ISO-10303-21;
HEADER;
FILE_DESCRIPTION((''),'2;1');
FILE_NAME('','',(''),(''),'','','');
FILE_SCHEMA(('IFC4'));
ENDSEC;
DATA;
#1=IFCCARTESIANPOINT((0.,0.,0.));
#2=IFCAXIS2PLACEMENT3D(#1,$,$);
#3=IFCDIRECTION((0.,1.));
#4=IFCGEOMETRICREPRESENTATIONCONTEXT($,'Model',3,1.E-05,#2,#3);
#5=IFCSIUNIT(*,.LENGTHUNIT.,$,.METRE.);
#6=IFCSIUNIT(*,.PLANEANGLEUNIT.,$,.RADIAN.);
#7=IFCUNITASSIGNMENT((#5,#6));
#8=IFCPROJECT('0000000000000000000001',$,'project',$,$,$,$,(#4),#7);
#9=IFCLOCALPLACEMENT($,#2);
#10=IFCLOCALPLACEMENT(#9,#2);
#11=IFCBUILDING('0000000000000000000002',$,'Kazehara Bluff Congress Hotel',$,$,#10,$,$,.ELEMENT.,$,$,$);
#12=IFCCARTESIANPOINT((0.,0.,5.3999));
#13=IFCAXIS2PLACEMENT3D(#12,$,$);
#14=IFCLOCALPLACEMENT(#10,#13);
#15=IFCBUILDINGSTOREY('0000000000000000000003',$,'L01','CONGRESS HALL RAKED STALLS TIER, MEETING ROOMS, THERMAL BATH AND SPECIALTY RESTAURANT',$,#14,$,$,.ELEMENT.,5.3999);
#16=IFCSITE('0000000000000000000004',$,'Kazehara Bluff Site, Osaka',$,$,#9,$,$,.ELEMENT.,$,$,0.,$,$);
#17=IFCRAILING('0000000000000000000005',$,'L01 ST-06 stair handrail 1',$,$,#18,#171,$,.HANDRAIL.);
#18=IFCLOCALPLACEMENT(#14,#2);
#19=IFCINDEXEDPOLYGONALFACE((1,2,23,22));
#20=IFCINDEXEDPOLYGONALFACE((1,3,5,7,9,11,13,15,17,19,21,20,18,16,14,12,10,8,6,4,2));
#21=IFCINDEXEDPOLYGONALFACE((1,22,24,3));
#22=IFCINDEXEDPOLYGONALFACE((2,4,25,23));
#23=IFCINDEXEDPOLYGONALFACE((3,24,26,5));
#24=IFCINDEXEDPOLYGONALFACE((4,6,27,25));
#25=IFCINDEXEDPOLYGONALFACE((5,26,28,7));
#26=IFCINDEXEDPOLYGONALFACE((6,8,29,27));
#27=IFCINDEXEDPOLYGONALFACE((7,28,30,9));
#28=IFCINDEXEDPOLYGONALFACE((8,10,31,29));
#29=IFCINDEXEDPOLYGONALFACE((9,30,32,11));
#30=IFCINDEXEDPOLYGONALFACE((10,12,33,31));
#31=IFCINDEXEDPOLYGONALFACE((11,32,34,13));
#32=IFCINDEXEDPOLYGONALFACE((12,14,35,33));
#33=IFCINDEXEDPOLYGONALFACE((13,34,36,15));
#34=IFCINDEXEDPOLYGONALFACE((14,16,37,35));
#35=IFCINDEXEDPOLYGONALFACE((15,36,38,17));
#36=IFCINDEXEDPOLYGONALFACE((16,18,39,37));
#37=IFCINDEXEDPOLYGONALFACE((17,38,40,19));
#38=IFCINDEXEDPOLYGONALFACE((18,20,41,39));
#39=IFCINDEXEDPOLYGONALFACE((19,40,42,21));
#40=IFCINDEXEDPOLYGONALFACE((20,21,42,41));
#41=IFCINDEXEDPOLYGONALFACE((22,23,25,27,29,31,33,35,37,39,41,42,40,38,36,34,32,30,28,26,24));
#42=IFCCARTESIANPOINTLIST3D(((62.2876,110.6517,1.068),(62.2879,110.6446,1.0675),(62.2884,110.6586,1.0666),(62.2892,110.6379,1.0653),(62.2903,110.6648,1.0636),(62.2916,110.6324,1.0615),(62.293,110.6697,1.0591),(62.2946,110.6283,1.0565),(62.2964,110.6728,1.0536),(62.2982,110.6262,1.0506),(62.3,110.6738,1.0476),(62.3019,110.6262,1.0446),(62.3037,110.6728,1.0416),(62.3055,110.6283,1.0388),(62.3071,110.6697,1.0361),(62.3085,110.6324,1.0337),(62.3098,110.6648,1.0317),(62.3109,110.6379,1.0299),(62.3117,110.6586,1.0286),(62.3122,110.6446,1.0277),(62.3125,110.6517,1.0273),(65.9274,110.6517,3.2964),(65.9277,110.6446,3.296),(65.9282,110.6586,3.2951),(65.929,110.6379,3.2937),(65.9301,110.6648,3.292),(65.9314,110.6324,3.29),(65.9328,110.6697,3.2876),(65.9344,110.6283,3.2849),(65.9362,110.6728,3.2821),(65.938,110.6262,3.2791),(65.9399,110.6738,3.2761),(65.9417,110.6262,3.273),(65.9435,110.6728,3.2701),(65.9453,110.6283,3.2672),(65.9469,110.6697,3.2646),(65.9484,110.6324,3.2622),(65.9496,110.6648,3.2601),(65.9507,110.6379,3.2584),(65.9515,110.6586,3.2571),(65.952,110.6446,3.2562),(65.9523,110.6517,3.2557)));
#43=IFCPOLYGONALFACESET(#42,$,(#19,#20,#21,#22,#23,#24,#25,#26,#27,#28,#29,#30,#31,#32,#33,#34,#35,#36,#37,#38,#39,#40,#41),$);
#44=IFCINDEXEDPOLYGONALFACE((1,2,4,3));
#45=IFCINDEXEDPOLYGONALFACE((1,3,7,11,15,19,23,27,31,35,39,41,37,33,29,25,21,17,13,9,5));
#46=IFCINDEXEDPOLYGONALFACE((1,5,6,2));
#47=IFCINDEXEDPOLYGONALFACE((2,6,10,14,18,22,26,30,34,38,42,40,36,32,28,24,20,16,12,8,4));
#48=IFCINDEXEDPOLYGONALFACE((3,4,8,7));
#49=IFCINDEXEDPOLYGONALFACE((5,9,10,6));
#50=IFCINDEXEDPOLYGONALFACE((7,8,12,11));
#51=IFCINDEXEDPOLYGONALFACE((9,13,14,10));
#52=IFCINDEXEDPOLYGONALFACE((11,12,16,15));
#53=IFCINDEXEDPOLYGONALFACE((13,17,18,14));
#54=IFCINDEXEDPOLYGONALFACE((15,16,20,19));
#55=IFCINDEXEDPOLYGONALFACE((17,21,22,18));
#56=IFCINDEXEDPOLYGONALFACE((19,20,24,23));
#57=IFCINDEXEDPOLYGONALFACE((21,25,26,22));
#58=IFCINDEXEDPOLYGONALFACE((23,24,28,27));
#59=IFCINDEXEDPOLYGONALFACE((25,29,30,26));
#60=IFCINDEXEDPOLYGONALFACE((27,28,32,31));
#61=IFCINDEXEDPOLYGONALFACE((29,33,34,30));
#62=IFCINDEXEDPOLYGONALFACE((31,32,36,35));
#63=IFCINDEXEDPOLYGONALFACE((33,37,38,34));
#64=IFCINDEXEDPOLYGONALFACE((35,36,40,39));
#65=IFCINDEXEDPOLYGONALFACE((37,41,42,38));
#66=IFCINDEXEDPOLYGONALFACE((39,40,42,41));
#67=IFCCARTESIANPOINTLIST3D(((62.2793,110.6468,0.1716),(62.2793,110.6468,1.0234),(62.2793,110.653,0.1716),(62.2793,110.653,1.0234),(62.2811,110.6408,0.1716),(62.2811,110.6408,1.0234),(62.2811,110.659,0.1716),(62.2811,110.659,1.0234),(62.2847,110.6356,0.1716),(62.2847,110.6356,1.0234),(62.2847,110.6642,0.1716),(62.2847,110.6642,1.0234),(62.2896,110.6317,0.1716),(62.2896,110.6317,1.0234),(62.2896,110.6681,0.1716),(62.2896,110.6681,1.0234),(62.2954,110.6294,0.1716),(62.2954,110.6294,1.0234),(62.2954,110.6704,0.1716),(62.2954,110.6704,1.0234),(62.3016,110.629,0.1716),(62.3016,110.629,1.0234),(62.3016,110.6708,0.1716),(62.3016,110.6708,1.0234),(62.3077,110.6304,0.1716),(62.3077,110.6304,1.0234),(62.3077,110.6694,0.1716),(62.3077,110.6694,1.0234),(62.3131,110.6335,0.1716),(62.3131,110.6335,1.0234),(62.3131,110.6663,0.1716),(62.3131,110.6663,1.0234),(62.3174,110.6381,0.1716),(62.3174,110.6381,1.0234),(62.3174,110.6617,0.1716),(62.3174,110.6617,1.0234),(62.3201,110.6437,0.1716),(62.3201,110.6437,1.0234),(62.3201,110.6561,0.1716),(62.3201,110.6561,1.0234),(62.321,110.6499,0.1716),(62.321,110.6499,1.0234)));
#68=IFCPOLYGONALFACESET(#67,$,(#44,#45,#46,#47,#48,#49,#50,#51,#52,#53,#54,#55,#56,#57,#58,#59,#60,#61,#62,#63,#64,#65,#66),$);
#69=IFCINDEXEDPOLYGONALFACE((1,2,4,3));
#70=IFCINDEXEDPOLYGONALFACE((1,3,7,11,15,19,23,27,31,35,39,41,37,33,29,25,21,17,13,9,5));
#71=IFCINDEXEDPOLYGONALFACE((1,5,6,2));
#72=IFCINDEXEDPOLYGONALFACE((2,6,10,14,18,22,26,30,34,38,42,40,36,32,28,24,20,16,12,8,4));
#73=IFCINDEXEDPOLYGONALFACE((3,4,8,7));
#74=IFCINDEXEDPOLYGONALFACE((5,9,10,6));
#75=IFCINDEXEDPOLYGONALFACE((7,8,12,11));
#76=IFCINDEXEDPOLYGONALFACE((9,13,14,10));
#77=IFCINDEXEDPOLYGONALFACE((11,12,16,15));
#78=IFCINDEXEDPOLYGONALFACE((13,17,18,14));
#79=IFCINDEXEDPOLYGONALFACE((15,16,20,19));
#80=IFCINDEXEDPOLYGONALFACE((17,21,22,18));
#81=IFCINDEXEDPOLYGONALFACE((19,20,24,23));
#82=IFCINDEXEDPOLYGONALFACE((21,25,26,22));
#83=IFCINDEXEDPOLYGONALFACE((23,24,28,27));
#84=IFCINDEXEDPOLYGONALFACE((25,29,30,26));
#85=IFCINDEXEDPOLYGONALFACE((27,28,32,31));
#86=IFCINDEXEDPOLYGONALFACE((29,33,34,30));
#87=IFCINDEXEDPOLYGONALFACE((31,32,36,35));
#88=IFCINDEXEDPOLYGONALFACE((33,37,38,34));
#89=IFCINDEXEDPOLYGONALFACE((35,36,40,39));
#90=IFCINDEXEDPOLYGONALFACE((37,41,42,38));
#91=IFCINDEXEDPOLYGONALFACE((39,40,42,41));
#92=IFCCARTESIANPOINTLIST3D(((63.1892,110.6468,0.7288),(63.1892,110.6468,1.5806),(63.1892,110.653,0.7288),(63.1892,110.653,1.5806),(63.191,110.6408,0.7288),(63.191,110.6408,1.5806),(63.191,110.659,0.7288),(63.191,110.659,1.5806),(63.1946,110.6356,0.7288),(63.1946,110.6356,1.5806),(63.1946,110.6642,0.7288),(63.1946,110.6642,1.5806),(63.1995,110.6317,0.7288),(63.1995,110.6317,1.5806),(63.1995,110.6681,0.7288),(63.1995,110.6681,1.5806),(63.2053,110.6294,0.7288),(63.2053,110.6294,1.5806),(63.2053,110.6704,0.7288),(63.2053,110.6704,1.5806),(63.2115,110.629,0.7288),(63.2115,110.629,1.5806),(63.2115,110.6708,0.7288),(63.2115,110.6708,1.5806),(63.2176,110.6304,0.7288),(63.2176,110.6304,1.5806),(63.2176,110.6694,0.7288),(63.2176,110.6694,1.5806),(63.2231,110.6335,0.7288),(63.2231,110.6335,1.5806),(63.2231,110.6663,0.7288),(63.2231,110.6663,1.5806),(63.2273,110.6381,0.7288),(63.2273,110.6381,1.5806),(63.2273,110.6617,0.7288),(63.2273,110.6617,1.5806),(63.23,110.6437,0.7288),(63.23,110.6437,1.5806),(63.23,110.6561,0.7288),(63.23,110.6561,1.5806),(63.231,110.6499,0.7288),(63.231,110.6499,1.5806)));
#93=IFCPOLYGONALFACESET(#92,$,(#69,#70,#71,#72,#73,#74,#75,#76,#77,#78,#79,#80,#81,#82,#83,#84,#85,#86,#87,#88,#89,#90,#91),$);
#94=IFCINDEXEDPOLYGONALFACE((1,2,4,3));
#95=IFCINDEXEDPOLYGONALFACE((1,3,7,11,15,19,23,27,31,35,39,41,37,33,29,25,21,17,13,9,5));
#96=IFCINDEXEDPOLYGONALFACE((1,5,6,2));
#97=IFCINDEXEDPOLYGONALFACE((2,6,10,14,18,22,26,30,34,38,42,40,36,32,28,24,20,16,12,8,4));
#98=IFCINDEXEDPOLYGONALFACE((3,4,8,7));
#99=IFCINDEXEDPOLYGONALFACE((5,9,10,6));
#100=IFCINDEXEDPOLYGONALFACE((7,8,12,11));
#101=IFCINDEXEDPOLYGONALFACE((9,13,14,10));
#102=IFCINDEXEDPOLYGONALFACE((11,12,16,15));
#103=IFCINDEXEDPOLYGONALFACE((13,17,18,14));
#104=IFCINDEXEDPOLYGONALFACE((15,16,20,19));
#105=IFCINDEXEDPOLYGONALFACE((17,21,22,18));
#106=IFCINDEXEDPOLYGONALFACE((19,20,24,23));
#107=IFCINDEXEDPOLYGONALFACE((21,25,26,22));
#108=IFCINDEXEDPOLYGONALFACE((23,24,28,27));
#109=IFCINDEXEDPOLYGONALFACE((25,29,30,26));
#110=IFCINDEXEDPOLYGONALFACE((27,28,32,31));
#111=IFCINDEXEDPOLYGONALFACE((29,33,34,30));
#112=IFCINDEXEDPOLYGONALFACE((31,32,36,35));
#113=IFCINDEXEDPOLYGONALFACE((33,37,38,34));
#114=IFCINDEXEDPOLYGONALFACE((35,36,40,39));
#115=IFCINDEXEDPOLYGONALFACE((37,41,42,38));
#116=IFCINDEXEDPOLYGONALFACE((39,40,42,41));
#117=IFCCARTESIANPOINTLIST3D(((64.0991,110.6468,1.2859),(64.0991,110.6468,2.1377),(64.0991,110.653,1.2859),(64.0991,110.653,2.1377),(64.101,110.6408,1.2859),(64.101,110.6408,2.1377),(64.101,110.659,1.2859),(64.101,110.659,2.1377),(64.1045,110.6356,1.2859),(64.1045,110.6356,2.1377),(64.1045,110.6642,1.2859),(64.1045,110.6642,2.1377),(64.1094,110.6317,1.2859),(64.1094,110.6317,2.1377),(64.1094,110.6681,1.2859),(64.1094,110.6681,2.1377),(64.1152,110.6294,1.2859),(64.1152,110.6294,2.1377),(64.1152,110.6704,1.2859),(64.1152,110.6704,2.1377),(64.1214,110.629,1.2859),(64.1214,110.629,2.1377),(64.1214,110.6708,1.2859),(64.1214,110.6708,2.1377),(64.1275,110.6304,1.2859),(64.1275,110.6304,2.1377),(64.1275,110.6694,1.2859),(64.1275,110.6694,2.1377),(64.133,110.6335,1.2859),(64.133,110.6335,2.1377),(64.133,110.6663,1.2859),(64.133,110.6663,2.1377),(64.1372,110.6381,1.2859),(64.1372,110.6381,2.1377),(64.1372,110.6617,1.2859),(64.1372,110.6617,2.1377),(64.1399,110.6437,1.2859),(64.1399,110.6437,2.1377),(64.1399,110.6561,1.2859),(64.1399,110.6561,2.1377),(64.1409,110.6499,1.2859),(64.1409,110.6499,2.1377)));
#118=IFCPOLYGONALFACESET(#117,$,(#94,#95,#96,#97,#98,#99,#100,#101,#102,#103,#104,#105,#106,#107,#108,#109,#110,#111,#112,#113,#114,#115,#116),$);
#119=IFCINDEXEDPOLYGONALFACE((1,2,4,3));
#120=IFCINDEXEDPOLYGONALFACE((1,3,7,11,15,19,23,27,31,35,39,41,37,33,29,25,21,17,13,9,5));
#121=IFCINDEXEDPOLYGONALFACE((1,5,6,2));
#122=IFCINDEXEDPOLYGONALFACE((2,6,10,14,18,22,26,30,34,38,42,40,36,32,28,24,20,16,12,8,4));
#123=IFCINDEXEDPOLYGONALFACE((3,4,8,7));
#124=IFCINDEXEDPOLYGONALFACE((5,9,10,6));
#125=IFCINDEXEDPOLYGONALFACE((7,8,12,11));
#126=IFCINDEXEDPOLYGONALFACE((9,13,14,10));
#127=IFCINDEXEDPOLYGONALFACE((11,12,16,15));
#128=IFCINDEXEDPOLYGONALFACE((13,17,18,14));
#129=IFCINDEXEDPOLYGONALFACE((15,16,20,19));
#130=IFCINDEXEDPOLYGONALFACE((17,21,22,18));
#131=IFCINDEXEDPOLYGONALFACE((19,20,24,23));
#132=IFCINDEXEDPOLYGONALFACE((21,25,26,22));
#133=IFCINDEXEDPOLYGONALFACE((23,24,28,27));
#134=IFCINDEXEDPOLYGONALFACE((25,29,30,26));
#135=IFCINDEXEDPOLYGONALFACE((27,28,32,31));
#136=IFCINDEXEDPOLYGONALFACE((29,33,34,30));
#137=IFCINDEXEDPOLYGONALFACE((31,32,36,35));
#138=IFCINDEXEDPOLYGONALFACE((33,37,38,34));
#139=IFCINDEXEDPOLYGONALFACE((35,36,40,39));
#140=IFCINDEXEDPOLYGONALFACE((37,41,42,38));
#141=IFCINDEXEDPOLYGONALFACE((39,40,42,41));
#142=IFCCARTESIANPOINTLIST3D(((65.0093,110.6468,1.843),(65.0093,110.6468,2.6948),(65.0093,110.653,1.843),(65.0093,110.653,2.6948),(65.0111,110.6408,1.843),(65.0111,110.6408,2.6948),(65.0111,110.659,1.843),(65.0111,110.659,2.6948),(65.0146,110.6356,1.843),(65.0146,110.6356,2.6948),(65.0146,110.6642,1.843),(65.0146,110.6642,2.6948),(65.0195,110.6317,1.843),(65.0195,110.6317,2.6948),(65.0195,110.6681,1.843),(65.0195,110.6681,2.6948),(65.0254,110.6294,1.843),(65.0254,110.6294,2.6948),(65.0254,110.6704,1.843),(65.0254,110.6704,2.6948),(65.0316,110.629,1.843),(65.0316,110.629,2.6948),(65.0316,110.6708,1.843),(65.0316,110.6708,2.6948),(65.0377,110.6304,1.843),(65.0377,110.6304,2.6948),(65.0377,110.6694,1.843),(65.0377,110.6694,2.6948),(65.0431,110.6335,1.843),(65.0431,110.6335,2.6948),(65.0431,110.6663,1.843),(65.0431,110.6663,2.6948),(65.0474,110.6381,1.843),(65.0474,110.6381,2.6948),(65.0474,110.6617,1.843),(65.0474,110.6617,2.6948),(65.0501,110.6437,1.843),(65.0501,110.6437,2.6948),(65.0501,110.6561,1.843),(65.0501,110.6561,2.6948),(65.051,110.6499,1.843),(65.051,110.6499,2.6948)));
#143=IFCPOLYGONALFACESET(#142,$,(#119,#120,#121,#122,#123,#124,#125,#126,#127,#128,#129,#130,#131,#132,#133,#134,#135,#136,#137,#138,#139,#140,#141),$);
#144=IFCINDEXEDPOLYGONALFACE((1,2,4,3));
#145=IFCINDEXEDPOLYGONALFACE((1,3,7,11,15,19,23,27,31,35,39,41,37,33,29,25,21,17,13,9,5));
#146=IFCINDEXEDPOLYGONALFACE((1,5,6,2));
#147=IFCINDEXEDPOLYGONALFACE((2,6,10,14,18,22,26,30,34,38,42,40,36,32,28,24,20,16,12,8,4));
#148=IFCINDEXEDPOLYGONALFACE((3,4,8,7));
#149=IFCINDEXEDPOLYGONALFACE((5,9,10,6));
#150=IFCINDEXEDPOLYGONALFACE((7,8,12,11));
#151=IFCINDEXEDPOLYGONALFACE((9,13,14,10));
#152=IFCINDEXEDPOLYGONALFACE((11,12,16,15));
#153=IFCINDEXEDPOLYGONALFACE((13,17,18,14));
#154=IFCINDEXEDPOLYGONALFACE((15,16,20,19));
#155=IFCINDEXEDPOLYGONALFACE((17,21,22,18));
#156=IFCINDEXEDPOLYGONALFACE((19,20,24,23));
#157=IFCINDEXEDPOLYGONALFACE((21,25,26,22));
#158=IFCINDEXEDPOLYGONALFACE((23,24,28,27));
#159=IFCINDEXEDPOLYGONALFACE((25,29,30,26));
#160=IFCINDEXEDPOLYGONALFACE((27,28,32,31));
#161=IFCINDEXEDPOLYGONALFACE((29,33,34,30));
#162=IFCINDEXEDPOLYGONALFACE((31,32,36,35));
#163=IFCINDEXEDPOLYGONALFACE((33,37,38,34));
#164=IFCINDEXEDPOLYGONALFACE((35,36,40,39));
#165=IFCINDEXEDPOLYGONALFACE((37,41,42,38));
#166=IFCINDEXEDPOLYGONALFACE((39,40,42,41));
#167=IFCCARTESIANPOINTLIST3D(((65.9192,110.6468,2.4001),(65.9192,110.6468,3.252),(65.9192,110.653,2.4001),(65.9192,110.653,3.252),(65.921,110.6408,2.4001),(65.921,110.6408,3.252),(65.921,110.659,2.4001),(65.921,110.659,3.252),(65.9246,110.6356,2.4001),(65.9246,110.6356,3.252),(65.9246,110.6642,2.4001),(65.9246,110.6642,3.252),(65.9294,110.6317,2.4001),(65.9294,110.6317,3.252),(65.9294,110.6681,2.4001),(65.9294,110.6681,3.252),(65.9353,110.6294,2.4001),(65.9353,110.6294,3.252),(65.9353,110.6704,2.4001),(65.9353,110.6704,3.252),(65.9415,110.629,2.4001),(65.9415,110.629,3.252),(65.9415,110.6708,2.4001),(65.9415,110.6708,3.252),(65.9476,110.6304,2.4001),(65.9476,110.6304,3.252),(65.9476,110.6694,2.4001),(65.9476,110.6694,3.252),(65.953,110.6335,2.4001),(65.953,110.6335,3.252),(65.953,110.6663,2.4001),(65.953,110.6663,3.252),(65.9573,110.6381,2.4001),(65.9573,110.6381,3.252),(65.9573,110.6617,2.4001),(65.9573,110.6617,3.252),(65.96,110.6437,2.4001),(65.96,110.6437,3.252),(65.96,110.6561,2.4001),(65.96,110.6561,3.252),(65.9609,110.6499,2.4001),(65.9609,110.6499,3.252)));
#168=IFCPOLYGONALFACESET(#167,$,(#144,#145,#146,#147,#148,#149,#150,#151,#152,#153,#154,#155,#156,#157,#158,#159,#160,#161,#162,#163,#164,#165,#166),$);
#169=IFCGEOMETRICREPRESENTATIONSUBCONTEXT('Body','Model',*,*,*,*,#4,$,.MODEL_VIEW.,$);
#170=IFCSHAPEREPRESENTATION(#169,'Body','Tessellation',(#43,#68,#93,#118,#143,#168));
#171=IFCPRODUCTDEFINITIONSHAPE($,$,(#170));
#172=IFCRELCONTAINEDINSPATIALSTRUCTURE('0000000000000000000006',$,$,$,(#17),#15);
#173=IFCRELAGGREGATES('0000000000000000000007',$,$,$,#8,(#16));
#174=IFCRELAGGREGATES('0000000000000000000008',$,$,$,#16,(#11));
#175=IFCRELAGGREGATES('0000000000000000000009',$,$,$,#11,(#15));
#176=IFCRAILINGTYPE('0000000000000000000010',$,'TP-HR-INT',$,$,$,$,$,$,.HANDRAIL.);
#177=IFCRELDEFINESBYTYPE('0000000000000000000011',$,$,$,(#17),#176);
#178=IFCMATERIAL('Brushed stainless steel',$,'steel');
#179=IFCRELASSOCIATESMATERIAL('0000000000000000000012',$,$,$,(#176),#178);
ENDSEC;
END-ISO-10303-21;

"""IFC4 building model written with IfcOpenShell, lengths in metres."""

from ifc_helpers import new_model, si_unit, direction, frame, origin, origin_2d, place, context, subcontext, project, spatial, circle, extrude, material, type_object, element, save


model = new_model("IFC4")

# Units and contexts
model_context = context("Model", 3, precision=1e-05, world=origin(), true_north=direction((0.0, 1.0)))
body_context = subcontext(model_context, "Body", "Model", "MODEL_VIEW")
ifc_project = project(units=[si_unit("LENGTHUNIT", "METRE"), si_unit("PLANEANGLEUNIT", "RADIAN")], contexts=[model_context])

# Site, building, storey
site_placement = place(None, origin())
site = spatial("IfcSite", under=ifc_project, at=site_placement, Name="Kazehara Bluff Site, Osaka", CompositionType="ELEMENT", RefElevation=0.0)
building_placement = place(site_placement, origin())
building = spatial("IfcBuilding", under=site, at=building_placement, Name="Kazehara Bluff Congress Hotel", CompositionType="ELEMENT")
storey_placement = place(building_placement, frame((0.0, 0.0, 5.3999)))
storey = spatial("IfcBuildingStorey", under=building, at=storey_placement, Name="L01", Description="CONGRESS HALL RAKED STALLS TIER, MEETING ROOMS, THERMAL BATH AND SPECIALTY RESTAURANT", CompositionType="ELEMENT", Elevation=5.3999)

# Railing
ifc_material_1 = material(Name="Brushed stainless steel", Category="steel")
railing_type_1 = type_object("IfcRailingType", Name="TP-HR-INT", PredefinedType="HANDRAIL", material=ifc_material_1)
railing_1_placement = place(storey_placement, frame((62.3, 110.6499, 0.1716)))
element("IfcRailing", 1, at=railing_1_placement, inside=storey, type_object=railing_type_1, Name="L01 ST-06 stair handrail 1", PredefinedType="HANDRAIL", context=body_context, shape_type="SweptSolid", body=[
    extrude(circle(Radius=0.0239, at=origin_2d()), frame((0.0, 0.0, 0.876), z_axis=(0.85285, 0.0, 0.522156), x_axis=(0.0, 1.0, 0.0)), (0.0, 0.0, 1.0), 4.2678),
    extrude(circle(Radius=0.021, at=origin_2d()), origin(), (0.0, 0.0, 1.0), 0.8518),
    extrude(circle(Radius=0.021, at=origin_2d()), frame((0.9099, 0.0, 0.5571)), (0.0, 0.0, 1.0), 0.8518),
    extrude(circle(Radius=0.021, at=origin_2d()), frame((1.8198, 0.0, 1.1143)), (0.0, 0.0, 1.0), 0.8518),
    extrude(circle(Radius=0.021, at=origin_2d()), frame((2.73, 0.0, 1.6714)), (0.0, 0.0, 1.0), 0.8518),
    extrude(circle(Radius=0.021, at=origin_2d()), frame((3.6399, 0.0, 2.2285)), (0.0, 0.0, 1.0), 0.8518),
])

save(model, "model.ifc")
